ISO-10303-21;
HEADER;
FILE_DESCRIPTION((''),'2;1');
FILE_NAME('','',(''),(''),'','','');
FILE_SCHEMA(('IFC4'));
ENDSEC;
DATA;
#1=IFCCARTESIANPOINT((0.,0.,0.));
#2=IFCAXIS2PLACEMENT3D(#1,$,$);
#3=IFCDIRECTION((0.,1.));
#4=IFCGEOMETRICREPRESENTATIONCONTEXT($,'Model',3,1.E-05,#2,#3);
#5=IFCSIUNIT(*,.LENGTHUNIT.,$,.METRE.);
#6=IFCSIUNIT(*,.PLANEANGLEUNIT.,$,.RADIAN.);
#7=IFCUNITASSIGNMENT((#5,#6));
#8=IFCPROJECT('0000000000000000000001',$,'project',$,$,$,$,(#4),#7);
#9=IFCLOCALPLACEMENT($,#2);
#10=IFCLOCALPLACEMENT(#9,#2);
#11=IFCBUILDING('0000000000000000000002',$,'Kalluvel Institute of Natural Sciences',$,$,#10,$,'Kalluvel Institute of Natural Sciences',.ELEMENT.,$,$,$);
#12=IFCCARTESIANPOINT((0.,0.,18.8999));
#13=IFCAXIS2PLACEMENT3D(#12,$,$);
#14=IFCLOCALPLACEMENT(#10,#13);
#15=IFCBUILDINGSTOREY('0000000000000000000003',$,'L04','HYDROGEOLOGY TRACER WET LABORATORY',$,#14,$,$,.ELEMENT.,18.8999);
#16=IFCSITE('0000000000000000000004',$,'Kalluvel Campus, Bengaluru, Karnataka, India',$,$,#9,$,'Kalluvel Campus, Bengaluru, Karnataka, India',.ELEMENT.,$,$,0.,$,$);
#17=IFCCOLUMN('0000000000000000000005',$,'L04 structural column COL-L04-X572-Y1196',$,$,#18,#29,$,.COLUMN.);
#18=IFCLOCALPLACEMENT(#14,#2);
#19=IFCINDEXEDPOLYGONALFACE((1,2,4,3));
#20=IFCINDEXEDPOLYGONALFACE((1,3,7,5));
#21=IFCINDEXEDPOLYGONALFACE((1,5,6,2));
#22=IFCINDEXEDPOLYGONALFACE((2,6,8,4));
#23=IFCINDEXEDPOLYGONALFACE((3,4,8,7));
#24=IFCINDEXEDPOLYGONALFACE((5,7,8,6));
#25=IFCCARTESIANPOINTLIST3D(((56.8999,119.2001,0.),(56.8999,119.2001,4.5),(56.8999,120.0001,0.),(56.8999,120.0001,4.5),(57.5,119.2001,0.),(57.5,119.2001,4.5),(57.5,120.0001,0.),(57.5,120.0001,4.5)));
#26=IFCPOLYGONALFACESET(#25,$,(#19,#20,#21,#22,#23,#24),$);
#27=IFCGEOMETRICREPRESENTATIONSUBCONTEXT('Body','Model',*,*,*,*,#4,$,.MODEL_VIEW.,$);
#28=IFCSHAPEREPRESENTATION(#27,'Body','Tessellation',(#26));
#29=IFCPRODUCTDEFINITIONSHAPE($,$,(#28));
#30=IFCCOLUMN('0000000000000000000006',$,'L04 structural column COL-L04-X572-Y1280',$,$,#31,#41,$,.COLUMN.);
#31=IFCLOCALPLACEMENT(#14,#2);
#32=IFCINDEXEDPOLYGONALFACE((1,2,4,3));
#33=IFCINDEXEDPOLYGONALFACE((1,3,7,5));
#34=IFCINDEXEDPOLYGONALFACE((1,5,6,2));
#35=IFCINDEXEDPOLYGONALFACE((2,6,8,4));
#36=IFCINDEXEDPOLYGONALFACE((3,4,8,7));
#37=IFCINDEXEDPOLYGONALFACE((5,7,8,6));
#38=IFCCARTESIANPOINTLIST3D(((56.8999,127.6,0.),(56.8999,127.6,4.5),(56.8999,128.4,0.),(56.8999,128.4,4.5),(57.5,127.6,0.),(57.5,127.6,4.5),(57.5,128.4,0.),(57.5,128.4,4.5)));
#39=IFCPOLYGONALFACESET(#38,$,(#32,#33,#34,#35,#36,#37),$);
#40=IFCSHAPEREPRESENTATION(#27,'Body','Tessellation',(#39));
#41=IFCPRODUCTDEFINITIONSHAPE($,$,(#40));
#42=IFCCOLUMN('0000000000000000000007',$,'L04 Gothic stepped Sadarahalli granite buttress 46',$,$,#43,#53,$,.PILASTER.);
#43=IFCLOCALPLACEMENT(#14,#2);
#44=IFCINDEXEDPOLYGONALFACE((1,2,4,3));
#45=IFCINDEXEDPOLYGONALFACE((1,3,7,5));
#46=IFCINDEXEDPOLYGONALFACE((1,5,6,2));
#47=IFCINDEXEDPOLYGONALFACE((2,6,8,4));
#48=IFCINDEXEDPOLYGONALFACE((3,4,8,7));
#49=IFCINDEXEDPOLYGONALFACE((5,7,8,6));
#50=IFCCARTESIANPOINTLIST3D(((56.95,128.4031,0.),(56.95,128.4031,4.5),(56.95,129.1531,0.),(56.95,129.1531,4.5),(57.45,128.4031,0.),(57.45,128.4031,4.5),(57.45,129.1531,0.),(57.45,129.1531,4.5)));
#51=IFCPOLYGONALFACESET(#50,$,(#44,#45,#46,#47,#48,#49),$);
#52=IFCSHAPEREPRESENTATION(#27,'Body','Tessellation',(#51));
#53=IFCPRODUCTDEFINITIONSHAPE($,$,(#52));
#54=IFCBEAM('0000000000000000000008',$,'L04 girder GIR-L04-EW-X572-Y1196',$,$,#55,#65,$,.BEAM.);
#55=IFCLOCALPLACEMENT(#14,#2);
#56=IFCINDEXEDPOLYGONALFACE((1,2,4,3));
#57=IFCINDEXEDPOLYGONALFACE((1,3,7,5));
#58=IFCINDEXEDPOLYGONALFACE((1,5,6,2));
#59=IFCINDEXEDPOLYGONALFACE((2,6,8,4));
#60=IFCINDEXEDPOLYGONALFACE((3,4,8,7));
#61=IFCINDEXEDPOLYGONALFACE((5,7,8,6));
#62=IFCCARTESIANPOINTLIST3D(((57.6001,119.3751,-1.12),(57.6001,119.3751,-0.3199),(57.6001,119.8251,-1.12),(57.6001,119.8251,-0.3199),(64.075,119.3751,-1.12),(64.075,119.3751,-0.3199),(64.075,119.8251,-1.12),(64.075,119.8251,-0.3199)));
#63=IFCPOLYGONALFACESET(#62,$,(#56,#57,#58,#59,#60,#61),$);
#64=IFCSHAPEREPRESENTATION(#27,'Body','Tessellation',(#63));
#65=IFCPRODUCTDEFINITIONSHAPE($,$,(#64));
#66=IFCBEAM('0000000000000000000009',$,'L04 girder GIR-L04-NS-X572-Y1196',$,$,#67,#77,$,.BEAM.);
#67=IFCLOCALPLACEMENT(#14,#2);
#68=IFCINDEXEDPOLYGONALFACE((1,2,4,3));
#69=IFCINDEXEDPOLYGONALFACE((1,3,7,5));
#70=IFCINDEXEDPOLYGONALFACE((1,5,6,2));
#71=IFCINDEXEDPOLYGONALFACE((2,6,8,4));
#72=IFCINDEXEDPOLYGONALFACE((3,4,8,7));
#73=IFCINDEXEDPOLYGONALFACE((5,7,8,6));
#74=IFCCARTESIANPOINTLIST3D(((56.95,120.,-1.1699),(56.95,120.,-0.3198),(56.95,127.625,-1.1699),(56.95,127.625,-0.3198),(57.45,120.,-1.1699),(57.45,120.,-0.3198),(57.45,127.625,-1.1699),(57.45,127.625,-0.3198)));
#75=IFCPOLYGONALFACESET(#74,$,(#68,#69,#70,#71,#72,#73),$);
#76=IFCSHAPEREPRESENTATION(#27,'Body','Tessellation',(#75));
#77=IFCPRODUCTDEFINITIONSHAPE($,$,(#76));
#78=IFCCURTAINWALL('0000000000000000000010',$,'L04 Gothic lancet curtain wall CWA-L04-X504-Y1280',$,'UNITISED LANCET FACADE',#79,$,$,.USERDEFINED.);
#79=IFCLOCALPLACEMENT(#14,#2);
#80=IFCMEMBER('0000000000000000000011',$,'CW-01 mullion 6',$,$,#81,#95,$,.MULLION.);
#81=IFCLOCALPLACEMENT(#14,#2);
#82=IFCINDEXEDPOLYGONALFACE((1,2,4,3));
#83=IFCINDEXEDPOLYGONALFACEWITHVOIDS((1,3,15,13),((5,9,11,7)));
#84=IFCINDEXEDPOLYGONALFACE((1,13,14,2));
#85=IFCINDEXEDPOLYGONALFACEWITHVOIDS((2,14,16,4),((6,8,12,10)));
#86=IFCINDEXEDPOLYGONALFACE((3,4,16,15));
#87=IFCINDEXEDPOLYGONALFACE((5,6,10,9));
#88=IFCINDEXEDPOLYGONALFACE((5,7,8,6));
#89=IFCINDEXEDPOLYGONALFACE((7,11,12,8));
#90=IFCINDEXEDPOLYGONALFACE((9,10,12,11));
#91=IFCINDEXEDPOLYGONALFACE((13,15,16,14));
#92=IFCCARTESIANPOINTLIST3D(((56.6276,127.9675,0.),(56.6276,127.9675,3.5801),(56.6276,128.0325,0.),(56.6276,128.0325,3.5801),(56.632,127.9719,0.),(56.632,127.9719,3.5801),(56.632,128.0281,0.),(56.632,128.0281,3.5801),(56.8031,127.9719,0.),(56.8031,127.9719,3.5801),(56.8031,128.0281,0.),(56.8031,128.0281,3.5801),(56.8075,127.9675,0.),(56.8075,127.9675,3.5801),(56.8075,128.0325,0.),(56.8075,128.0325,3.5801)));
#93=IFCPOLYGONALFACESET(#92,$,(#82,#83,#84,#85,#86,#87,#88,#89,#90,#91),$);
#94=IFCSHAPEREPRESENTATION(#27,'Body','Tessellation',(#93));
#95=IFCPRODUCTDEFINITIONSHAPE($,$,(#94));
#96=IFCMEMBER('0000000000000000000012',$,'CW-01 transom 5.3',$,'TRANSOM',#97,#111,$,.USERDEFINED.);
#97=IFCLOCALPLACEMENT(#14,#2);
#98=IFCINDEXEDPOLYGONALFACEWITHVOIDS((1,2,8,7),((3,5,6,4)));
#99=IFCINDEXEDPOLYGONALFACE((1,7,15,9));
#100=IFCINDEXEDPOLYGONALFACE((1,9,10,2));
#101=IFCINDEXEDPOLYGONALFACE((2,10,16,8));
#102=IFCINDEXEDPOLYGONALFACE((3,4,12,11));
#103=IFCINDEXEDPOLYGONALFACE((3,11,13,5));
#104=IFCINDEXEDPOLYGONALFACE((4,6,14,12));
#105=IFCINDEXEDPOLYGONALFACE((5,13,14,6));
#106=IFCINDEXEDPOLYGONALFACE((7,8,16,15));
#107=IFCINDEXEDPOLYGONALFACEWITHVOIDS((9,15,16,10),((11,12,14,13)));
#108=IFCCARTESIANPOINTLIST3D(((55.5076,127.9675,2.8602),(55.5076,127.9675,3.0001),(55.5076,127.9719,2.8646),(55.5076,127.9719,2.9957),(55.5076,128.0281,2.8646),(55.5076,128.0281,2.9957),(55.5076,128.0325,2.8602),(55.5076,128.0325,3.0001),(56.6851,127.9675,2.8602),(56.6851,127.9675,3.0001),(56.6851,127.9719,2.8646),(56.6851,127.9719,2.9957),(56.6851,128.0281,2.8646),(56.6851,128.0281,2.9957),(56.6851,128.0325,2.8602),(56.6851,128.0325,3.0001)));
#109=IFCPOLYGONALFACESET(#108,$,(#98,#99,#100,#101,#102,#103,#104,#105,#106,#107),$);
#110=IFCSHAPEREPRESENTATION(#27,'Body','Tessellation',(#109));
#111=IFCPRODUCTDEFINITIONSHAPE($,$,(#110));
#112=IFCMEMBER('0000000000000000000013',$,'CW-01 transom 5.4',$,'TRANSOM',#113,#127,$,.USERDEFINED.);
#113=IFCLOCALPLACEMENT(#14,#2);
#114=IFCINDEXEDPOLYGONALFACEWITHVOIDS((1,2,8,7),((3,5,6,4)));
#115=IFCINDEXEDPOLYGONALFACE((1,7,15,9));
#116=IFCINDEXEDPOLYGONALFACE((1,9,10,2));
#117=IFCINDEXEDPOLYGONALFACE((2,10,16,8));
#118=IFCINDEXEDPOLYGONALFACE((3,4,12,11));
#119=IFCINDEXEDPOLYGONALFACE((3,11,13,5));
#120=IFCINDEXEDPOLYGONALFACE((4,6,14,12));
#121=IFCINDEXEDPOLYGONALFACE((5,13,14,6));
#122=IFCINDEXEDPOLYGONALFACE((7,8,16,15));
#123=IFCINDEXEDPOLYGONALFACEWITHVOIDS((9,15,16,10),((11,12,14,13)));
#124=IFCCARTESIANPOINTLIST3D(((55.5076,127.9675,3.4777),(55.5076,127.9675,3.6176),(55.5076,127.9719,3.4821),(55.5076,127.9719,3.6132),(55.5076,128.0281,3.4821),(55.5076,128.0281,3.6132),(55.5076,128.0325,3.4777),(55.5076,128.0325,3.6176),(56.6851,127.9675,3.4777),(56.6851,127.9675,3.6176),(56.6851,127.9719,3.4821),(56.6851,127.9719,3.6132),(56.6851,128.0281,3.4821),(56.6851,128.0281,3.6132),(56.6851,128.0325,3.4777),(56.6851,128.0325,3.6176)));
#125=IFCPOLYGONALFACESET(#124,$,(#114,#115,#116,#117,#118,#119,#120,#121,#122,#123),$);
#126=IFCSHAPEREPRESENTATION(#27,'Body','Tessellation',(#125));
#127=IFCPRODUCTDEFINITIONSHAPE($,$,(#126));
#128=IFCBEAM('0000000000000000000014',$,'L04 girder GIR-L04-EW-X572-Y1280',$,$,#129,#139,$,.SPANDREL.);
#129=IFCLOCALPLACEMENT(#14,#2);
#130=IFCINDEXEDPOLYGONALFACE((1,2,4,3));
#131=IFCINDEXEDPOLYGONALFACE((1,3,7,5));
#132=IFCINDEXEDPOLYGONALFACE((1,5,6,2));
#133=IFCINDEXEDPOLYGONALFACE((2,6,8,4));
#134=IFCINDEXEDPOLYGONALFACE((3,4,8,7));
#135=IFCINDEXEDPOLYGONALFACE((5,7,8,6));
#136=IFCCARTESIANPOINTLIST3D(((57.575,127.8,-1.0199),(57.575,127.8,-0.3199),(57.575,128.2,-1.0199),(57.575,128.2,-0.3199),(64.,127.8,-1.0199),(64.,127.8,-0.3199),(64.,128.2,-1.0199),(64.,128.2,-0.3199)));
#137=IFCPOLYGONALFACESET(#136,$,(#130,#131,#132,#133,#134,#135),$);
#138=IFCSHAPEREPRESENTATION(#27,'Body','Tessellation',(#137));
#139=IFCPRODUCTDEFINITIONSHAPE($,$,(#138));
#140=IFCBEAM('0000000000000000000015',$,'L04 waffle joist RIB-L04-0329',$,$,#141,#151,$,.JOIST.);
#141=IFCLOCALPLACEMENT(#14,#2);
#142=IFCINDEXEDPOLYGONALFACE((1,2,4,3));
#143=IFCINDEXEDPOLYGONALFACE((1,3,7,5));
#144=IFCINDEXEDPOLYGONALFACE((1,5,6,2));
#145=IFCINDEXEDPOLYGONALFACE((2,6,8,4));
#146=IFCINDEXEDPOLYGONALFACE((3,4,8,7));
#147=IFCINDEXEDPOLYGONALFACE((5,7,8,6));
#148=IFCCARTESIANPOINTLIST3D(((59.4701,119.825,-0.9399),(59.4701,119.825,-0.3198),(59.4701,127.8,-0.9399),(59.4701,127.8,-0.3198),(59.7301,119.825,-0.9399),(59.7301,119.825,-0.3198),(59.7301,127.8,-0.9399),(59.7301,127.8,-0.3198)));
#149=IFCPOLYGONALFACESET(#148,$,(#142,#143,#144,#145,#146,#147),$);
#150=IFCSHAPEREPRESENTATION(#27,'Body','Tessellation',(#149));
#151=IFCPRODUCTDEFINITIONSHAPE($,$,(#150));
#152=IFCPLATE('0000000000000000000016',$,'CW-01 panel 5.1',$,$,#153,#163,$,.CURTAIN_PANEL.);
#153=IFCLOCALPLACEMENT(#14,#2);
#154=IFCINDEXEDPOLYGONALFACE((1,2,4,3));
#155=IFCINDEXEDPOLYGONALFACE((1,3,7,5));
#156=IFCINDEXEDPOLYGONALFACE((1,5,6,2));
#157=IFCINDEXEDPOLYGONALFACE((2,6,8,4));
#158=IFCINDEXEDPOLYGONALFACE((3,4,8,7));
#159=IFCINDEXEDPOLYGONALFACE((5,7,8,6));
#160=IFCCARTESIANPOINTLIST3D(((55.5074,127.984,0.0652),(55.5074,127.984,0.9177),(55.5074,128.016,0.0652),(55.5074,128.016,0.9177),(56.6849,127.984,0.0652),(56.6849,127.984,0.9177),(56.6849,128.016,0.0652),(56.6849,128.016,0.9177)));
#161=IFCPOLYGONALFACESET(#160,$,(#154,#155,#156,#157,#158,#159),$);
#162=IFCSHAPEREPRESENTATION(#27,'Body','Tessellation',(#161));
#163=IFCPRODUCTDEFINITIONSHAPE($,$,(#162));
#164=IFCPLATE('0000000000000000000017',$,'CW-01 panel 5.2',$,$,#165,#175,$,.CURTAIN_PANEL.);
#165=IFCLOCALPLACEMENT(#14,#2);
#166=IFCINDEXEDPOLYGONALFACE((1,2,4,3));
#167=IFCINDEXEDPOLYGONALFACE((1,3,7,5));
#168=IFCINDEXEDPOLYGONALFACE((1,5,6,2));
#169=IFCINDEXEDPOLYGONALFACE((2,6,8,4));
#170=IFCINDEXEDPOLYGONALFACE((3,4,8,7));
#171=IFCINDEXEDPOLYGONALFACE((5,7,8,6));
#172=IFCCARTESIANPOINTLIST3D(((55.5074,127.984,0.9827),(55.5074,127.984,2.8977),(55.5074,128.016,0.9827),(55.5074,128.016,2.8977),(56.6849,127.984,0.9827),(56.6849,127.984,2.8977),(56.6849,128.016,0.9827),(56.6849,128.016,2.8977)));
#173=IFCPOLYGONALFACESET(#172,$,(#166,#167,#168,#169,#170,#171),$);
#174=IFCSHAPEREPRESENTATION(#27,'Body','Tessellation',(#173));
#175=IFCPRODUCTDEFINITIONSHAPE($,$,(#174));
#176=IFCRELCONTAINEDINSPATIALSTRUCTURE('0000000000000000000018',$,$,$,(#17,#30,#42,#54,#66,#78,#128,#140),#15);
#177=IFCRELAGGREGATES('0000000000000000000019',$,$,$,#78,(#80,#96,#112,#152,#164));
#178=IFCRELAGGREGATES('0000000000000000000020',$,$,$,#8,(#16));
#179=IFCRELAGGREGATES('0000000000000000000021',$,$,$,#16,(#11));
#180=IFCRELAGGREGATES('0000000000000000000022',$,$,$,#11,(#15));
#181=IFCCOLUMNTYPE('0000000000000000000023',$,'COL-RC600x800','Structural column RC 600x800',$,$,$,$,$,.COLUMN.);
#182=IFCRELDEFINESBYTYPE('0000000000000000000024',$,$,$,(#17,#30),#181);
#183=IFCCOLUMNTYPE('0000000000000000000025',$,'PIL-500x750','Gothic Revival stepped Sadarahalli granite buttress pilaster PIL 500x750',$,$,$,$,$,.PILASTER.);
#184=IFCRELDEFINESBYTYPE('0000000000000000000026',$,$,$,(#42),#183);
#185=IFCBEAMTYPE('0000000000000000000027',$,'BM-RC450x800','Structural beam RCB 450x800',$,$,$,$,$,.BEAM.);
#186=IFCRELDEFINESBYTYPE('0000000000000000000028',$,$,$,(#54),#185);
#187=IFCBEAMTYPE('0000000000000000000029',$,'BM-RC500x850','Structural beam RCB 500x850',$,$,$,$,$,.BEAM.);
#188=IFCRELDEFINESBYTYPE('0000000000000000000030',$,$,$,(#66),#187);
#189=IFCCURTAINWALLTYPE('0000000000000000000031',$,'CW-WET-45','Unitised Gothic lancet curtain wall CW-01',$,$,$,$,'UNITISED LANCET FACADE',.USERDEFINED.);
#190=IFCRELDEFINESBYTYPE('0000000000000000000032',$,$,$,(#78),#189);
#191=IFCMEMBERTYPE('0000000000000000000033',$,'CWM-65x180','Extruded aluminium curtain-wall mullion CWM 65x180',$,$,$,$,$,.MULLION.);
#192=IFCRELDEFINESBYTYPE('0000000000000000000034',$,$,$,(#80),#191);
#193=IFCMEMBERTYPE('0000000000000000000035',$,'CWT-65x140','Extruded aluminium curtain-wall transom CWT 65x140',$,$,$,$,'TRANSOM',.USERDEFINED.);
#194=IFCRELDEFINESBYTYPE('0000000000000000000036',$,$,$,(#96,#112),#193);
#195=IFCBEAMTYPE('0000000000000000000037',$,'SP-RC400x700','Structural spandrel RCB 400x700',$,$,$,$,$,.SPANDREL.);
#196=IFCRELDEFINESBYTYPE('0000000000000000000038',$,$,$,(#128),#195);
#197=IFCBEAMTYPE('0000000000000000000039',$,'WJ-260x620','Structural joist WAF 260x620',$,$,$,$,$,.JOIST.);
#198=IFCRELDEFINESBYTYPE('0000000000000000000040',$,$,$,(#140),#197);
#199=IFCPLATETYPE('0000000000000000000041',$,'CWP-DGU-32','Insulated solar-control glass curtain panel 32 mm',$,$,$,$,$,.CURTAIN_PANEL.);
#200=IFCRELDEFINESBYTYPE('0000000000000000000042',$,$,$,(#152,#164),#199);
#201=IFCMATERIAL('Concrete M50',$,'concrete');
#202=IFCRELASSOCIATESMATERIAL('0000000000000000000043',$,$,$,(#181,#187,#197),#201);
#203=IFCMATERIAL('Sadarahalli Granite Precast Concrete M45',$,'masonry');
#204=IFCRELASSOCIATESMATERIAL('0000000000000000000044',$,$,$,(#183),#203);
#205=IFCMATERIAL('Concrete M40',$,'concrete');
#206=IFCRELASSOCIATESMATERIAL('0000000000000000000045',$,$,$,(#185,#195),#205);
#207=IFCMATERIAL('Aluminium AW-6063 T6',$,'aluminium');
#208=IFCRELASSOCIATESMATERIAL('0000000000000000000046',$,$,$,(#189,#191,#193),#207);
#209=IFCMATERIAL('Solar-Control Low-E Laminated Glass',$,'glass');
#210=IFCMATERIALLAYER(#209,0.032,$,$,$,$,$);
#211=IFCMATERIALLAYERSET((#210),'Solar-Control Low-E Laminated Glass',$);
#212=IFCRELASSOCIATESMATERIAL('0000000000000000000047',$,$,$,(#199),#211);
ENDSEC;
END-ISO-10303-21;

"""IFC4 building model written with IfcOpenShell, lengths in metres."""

from ifc_helpers import new_model, si_unit, direction, frame, origin, origin_2d, place, context, subcontext, project, spatial, rectangle, hollow_rectangle, extrude, material, layer, layer_set, material_profile, profile_set, type_object, element, aggregate, save


model = new_model("IFC4")

# Units and contexts
model_context = context("Model", 3, precision=1e-05, world=origin(), true_north=direction((0.0, 1.0)))
body_context = subcontext(model_context, "Body", "Model", "MODEL_VIEW")
ifc_project = project(units=[si_unit("LENGTHUNIT", "METRE"), si_unit("PLANEANGLEUNIT", "RADIAN")], contexts=[model_context])

# Site, building, storey
site_placement = place(None, origin())
site = spatial("IfcSite", under=ifc_project, at=site_placement, Name="Kalluvel Campus, Bengaluru, Karnataka, India", LongName="Kalluvel Campus, Bengaluru, Karnataka, India", CompositionType="ELEMENT", RefElevation=0.0)
building_placement = place(site_placement, origin())
building = spatial("IfcBuilding", under=site, at=building_placement, Name="Kalluvel Institute of Natural Sciences", LongName="Kalluvel Institute of Natural Sciences", CompositionType="ELEMENT")
storey_placement = place(building_placement, frame((0.0, 0.0, 18.8999)))
storey = spatial("IfcBuildingStorey", under=building, at=storey_placement, Name="L04", Description="HYDROGEOLOGY TRACER WET LABORATORY", CompositionType="ELEMENT", Elevation=18.8999)

# Columns
ifc_material_1 = material(Name="Concrete M50", Category="concrete")
ifc_material_profile_1 = material_profile(ifc_material_1, rectangle(XDim=0.6001, YDim=0.8, at=origin_2d()), Name="RC 600x800")
ifc_profile_set_1 = profile_set([ifc_material_profile_1], Name="Concrete M50")
column_type_1 = type_object("IfcColumnType", Name="COL-RC600x800", Description="Structural column RC 600x800", PredefinedType="COLUMN", material=ifc_profile_set_1)
for number, where, z_axis, x_axis, name in (
    (1, (57.2, 119.6001, 0.0), (0.0, 0.0, 1.0), (1.0, 0.0, 0.0), "L04 structural column COL-L04-X572-Y1196"),
    (2, (57.2, 128.0, 0.0), (0.0, 0.0, 1.0), (1.0, 0.0, 0.0), "L04 structural column COL-L04-X572-Y1280"),
):
    element("IfcColumn", number, at=place(storey_placement, frame(where, z_axis=z_axis, x_axis=x_axis)), inside=storey, type_object=column_type_1, Name=name, PredefinedType="COLUMN", context=body_context, shape_type="SweptSolid", body=[
        extrude(rectangle(XDim=0.6001, YDim=0.8, at=origin_2d()), origin(), (0.0, 0.0, 1.0), 4.5),
    ])
ifc_material_2 = material(Name="Sadarahalli Granite Precast Concrete M45", Category="masonry")
ifc_material_profile_2 = material_profile(ifc_material_2, rectangle(XDim=0.5, YDim=0.75, at=origin_2d()), Name="PIL 500x750")
ifc_profile_set_2 = profile_set([ifc_material_profile_2], Name="Sadarahalli Granite Precast Concrete M45")
column_type_2 = type_object("IfcColumnType", Name="PIL-500x750", Description="Gothic Revival stepped Sadarahalli granite buttress pilaster PIL 500x750", PredefinedType="PILASTER", material=ifc_profile_set_2)
column_placement = place(storey_placement, frame((57.2, 128.7781, 0.0), z_axis=(0.0, 0.0, 1.0), x_axis=(1.0, 0.0, 0.0)))
element("IfcColumn", 3, at=column_placement, inside=storey, type_object=column_type_2, Name="L04 Gothic stepped Sadarahalli granite buttress 46", PredefinedType="PILASTER", context=body_context, shape_type="SweptSolid", body=[
    extrude(rectangle(XDim=0.5, YDim=0.75, at=origin_2d()), origin(), (0.0, 0.0, 1.0), 4.5),
])

# Beams
ifc_material_3 = material(Name="Concrete M40", Category="concrete")
ifc_material_profile_3 = material_profile(ifc_material_3, rectangle(XDim=0.45, YDim=0.8, at=origin_2d()), Name="RCB 450x800")
ifc_profile_set_3 = profile_set([ifc_material_profile_3], Name="Concrete M40")
beam_type_1 = type_object("IfcBeamType", Name="BM-RC450x800", Description="Structural beam RCB 450x800", PredefinedType="BEAM", material=ifc_profile_set_3)
beam_1_placement = place(storey_placement, frame((57.6001, 119.6001, -0.72), z_axis=(1.0, 0.0, 0.0), x_axis=(0.0, 1.0, 0.0)))
element("IfcBeam", 4, at=beam_1_placement, inside=storey, type_object=beam_type_1, Name="L04 girder GIR-L04-EW-X572-Y1196", PredefinedType="BEAM", context=body_context, shape_type="SweptSolid", body=[
    extrude(rectangle(XDim=0.45, YDim=0.8, at=origin_2d()), origin(), (0.0, 0.0, 1.0), 6.4749),
])
ifc_material_profile_4 = material_profile(ifc_material_1, rectangle(XDim=0.5, YDim=0.8501, at=origin_2d()), Name="RCB 500x850")
ifc_profile_set_4 = profile_set([ifc_material_profile_4], Name="Concrete M50")
beam_type_2 = type_object("IfcBeamType", Name="BM-RC500x850", Description="Structural beam RCB 500x850", PredefinedType="BEAM", material=ifc_profile_set_4)
beam_2_placement = place(storey_placement, frame((57.2, 120.0, -0.7449), z_axis=(0.0, 1.0, 0.0), x_axis=(-1.0, 0.0, 0.0)))
element("IfcBeam", 5, at=beam_2_placement, inside=storey, type_object=beam_type_2, Name="L04 girder GIR-L04-NS-X572-Y1196", PredefinedType="BEAM", context=body_context, shape_type="SweptSolid", body=[
    extrude(rectangle(XDim=0.5, YDim=0.8501, at=origin_2d()), origin(), (0.0, 0.0, 1.0), 7.625),
])

# Curtain wall, members
ifc_material_4 = material(Name="Aluminium AW-6063 T6", Category="aluminium")
curtain_wall_type = type_object("IfcCurtainWallType", Name="CW-WET-45", Description="Unitised Gothic lancet curtain wall CW-01", ElementType="UNITISED LANCET FACADE", PredefinedType="USERDEFINED", material=ifc_material_4)
curtain_wall_placement = place(storey_placement, origin())
curtain_wall = element("IfcCurtainWall", 6, at=curtain_wall_placement, inside=storey, type_object=curtain_wall_type, Name="L04 Gothic lancet curtain wall CWA-L04-X504-Y1280", ObjectType="UNITISED LANCET FACADE", PredefinedType="USERDEFINED")
ifc_material_profile_5 = material_profile(ifc_material_4, hollow_rectangle(XDim=0.0649, YDim=0.1799, WallThickness=0.0044, at=origin_2d()), Name="CWM 65x180")
ifc_profile_set_5 = profile_set([ifc_material_profile_5], Name="Aluminium AW-6063 T6")
member_type_1 = type_object("IfcMemberType", Name="CWM-65x180", Description="Extruded aluminium curtain-wall mullion CWM 65x180", PredefinedType="MULLION", material=ifc_profile_set_5)
member_1_placement = place(storey_placement, frame((56.7175, 128.0, 0.0), z_axis=(0.0, 0.0, 1.0), x_axis=(0.0, 1.0, 0.0)))
member_1 = element("IfcMember", 7, at=member_1_placement, type_object=member_type_1, Name="CW-01 mullion 6", PredefinedType="MULLION", context=body_context, shape_type="SweptSolid", body=[
    extrude(hollow_rectangle(XDim=0.0649, YDim=0.1799, WallThickness=0.0044, at=origin_2d()), origin(), (0.0, 0.0, 1.0), 3.5801),
])
ifc_material_profile_6 = material_profile(ifc_material_4, hollow_rectangle(XDim=0.0649, YDim=0.1399, WallThickness=0.0044, at=origin_2d()), Name="CWT 65x140")
ifc_profile_set_6 = profile_set([ifc_material_profile_6], Name="Aluminium AW-6063 T6")
member_type_2 = type_object("IfcMemberType", Name="CWT-65x140", Description="Extruded aluminium curtain-wall transom CWT 65x140", ElementType="TRANSOM", PredefinedType="USERDEFINED", material=ifc_profile_set_6)
member_2_placement = place(storey_placement, frame((55.5076, 128.0, 2.9302), z_axis=(1.0, 0.0, 0.0), x_axis=(0.0, 1.0, 0.0)))
member_2 = element("IfcMember", 8, at=member_2_placement, type_object=member_type_2, Name="CW-01 transom 5.3", ObjectType="TRANSOM", PredefinedType="USERDEFINED", context=body_context, shape_type="SweptSolid", body=[
    extrude(hollow_rectangle(XDim=0.0649, YDim=0.1399, WallThickness=0.0044, at=origin_2d()), origin(), (0.0, 0.0, 1.0), 1.1775),
])
member_3_placement = place(storey_placement, frame((55.5076, 128.0, 3.5476), z_axis=(1.0, 0.0, 0.0), x_axis=(0.0, 1.0, 0.0)))
member_3 = element("IfcMember", 9, at=member_3_placement, type_object=member_type_2, Name="CW-01 transom 5.4", ObjectType="TRANSOM", PredefinedType="USERDEFINED", context=body_context, shape_type="SweptSolid", body=[
    extrude(hollow_rectangle(XDim=0.0649, YDim=0.1399, WallThickness=0.0044, at=origin_2d()), origin(), (0.0, 0.0, 1.0), 1.1775),
])

# Beams
ifc_material_profile_7 = material_profile(ifc_material_3, rectangle(XDim=0.3999, YDim=0.7, at=origin_2d()), Name="RCB 400x700")
ifc_profile_set_7 = profile_set([ifc_material_profile_7], Name="Concrete M40")
beam_type_3 = type_object("IfcBeamType", Name="SP-RC400x700", Description="Structural spandrel RCB 400x700", PredefinedType="SPANDREL", material=ifc_profile_set_7)
beam_3_placement = place(storey_placement, frame((57.575, 128.0, -0.6699), z_axis=(1.0, 0.0, 0.0), x_axis=(0.0, 1.0, 0.0)))
element("IfcBeam", 10, at=beam_3_placement, inside=storey, type_object=beam_type_3, Name="L04 girder GIR-L04-EW-X572-Y1280", PredefinedType="SPANDREL", context=body_context, shape_type="SweptSolid", body=[
    extrude(rectangle(XDim=0.3999, YDim=0.7, at=origin_2d()), origin(), (0.0, 0.0, 1.0), 6.425),
])
ifc_material_profile_8 = material_profile(ifc_material_1, rectangle(XDim=0.26, YDim=0.6201, at=origin_2d()), Name="WAF 260x620")
ifc_profile_set_8 = profile_set([ifc_material_profile_8], Name="Concrete M50")
beam_type_4 = type_object("IfcBeamType", Name="WJ-260x620", Description="Structural joist WAF 260x620", PredefinedType="JOIST", material=ifc_profile_set_8)
beam_4_placement = place(storey_placement, frame((59.6001, 119.825, -0.6299), z_axis=(0.0, 1.0, 0.0), x_axis=(-1.0, 0.0, 0.0)))
element("IfcBeam", 11, at=beam_4_placement, inside=storey, type_object=beam_type_4, Name="L04 waffle joist RIB-L04-0329", PredefinedType="JOIST", context=body_context, shape_type="SweptSolid", body=[
    extrude(rectangle(XDim=0.26, YDim=0.6201, at=origin_2d()), origin(), (0.0, 0.0, 1.0), 7.9751),
])

# Plates
ifc_material_5 = material(Name="Solar-Control Low-E Laminated Glass", Category="glass")
ifc_layer_1 = layer(ifc_material_5, 0.032)
ifc_layer_set_1 = layer_set([ifc_layer_1], Name="Solar-Control Low-E Laminated Glass")
plate_type = type_object("IfcPlateType", Name="CWP-DGU-32", Description="Insulated solar-control glass curtain panel 32 mm", PredefinedType="CURTAIN_PANEL", material=ifc_layer_set_1)
plate_1_placement = place(storey_placement, frame((56.0962, 128.0, 0.0652), z_axis=(0.0, 0.0, 1.0), x_axis=(1.0, 0.0, 0.0)))
plate_1 = element("IfcPlate", 12, at=plate_1_placement, type_object=plate_type, Name="CW-01 panel 5.1", PredefinedType="CURTAIN_PANEL", context=body_context, shape_type="SweptSolid", body=[
    extrude(rectangle(XDim=1.1775, YDim=0.032, at=origin_2d()), origin(), (0.0, 0.0, 1.0), 0.8525),
])
plate_2_placement = place(storey_placement, frame((56.0962, 128.0, 0.9827), z_axis=(0.0, 0.0, 1.0), x_axis=(1.0, 0.0, 0.0)))
plate_2 = element("IfcPlate", 13, at=plate_2_placement, type_object=plate_type, Name="CW-01 panel 5.2", PredefinedType="CURTAIN_PANEL", context=body_context, shape_type="SweptSolid", body=[
    extrude(rectangle(XDim=1.1775, YDim=0.032, at=origin_2d()), origin(), (0.0, 0.0, 1.0), 1.915),
])
aggregate(curtain_wall, [member_1, member_2, member_3, plate_1, plate_2])

save(model, "model.ifc")
